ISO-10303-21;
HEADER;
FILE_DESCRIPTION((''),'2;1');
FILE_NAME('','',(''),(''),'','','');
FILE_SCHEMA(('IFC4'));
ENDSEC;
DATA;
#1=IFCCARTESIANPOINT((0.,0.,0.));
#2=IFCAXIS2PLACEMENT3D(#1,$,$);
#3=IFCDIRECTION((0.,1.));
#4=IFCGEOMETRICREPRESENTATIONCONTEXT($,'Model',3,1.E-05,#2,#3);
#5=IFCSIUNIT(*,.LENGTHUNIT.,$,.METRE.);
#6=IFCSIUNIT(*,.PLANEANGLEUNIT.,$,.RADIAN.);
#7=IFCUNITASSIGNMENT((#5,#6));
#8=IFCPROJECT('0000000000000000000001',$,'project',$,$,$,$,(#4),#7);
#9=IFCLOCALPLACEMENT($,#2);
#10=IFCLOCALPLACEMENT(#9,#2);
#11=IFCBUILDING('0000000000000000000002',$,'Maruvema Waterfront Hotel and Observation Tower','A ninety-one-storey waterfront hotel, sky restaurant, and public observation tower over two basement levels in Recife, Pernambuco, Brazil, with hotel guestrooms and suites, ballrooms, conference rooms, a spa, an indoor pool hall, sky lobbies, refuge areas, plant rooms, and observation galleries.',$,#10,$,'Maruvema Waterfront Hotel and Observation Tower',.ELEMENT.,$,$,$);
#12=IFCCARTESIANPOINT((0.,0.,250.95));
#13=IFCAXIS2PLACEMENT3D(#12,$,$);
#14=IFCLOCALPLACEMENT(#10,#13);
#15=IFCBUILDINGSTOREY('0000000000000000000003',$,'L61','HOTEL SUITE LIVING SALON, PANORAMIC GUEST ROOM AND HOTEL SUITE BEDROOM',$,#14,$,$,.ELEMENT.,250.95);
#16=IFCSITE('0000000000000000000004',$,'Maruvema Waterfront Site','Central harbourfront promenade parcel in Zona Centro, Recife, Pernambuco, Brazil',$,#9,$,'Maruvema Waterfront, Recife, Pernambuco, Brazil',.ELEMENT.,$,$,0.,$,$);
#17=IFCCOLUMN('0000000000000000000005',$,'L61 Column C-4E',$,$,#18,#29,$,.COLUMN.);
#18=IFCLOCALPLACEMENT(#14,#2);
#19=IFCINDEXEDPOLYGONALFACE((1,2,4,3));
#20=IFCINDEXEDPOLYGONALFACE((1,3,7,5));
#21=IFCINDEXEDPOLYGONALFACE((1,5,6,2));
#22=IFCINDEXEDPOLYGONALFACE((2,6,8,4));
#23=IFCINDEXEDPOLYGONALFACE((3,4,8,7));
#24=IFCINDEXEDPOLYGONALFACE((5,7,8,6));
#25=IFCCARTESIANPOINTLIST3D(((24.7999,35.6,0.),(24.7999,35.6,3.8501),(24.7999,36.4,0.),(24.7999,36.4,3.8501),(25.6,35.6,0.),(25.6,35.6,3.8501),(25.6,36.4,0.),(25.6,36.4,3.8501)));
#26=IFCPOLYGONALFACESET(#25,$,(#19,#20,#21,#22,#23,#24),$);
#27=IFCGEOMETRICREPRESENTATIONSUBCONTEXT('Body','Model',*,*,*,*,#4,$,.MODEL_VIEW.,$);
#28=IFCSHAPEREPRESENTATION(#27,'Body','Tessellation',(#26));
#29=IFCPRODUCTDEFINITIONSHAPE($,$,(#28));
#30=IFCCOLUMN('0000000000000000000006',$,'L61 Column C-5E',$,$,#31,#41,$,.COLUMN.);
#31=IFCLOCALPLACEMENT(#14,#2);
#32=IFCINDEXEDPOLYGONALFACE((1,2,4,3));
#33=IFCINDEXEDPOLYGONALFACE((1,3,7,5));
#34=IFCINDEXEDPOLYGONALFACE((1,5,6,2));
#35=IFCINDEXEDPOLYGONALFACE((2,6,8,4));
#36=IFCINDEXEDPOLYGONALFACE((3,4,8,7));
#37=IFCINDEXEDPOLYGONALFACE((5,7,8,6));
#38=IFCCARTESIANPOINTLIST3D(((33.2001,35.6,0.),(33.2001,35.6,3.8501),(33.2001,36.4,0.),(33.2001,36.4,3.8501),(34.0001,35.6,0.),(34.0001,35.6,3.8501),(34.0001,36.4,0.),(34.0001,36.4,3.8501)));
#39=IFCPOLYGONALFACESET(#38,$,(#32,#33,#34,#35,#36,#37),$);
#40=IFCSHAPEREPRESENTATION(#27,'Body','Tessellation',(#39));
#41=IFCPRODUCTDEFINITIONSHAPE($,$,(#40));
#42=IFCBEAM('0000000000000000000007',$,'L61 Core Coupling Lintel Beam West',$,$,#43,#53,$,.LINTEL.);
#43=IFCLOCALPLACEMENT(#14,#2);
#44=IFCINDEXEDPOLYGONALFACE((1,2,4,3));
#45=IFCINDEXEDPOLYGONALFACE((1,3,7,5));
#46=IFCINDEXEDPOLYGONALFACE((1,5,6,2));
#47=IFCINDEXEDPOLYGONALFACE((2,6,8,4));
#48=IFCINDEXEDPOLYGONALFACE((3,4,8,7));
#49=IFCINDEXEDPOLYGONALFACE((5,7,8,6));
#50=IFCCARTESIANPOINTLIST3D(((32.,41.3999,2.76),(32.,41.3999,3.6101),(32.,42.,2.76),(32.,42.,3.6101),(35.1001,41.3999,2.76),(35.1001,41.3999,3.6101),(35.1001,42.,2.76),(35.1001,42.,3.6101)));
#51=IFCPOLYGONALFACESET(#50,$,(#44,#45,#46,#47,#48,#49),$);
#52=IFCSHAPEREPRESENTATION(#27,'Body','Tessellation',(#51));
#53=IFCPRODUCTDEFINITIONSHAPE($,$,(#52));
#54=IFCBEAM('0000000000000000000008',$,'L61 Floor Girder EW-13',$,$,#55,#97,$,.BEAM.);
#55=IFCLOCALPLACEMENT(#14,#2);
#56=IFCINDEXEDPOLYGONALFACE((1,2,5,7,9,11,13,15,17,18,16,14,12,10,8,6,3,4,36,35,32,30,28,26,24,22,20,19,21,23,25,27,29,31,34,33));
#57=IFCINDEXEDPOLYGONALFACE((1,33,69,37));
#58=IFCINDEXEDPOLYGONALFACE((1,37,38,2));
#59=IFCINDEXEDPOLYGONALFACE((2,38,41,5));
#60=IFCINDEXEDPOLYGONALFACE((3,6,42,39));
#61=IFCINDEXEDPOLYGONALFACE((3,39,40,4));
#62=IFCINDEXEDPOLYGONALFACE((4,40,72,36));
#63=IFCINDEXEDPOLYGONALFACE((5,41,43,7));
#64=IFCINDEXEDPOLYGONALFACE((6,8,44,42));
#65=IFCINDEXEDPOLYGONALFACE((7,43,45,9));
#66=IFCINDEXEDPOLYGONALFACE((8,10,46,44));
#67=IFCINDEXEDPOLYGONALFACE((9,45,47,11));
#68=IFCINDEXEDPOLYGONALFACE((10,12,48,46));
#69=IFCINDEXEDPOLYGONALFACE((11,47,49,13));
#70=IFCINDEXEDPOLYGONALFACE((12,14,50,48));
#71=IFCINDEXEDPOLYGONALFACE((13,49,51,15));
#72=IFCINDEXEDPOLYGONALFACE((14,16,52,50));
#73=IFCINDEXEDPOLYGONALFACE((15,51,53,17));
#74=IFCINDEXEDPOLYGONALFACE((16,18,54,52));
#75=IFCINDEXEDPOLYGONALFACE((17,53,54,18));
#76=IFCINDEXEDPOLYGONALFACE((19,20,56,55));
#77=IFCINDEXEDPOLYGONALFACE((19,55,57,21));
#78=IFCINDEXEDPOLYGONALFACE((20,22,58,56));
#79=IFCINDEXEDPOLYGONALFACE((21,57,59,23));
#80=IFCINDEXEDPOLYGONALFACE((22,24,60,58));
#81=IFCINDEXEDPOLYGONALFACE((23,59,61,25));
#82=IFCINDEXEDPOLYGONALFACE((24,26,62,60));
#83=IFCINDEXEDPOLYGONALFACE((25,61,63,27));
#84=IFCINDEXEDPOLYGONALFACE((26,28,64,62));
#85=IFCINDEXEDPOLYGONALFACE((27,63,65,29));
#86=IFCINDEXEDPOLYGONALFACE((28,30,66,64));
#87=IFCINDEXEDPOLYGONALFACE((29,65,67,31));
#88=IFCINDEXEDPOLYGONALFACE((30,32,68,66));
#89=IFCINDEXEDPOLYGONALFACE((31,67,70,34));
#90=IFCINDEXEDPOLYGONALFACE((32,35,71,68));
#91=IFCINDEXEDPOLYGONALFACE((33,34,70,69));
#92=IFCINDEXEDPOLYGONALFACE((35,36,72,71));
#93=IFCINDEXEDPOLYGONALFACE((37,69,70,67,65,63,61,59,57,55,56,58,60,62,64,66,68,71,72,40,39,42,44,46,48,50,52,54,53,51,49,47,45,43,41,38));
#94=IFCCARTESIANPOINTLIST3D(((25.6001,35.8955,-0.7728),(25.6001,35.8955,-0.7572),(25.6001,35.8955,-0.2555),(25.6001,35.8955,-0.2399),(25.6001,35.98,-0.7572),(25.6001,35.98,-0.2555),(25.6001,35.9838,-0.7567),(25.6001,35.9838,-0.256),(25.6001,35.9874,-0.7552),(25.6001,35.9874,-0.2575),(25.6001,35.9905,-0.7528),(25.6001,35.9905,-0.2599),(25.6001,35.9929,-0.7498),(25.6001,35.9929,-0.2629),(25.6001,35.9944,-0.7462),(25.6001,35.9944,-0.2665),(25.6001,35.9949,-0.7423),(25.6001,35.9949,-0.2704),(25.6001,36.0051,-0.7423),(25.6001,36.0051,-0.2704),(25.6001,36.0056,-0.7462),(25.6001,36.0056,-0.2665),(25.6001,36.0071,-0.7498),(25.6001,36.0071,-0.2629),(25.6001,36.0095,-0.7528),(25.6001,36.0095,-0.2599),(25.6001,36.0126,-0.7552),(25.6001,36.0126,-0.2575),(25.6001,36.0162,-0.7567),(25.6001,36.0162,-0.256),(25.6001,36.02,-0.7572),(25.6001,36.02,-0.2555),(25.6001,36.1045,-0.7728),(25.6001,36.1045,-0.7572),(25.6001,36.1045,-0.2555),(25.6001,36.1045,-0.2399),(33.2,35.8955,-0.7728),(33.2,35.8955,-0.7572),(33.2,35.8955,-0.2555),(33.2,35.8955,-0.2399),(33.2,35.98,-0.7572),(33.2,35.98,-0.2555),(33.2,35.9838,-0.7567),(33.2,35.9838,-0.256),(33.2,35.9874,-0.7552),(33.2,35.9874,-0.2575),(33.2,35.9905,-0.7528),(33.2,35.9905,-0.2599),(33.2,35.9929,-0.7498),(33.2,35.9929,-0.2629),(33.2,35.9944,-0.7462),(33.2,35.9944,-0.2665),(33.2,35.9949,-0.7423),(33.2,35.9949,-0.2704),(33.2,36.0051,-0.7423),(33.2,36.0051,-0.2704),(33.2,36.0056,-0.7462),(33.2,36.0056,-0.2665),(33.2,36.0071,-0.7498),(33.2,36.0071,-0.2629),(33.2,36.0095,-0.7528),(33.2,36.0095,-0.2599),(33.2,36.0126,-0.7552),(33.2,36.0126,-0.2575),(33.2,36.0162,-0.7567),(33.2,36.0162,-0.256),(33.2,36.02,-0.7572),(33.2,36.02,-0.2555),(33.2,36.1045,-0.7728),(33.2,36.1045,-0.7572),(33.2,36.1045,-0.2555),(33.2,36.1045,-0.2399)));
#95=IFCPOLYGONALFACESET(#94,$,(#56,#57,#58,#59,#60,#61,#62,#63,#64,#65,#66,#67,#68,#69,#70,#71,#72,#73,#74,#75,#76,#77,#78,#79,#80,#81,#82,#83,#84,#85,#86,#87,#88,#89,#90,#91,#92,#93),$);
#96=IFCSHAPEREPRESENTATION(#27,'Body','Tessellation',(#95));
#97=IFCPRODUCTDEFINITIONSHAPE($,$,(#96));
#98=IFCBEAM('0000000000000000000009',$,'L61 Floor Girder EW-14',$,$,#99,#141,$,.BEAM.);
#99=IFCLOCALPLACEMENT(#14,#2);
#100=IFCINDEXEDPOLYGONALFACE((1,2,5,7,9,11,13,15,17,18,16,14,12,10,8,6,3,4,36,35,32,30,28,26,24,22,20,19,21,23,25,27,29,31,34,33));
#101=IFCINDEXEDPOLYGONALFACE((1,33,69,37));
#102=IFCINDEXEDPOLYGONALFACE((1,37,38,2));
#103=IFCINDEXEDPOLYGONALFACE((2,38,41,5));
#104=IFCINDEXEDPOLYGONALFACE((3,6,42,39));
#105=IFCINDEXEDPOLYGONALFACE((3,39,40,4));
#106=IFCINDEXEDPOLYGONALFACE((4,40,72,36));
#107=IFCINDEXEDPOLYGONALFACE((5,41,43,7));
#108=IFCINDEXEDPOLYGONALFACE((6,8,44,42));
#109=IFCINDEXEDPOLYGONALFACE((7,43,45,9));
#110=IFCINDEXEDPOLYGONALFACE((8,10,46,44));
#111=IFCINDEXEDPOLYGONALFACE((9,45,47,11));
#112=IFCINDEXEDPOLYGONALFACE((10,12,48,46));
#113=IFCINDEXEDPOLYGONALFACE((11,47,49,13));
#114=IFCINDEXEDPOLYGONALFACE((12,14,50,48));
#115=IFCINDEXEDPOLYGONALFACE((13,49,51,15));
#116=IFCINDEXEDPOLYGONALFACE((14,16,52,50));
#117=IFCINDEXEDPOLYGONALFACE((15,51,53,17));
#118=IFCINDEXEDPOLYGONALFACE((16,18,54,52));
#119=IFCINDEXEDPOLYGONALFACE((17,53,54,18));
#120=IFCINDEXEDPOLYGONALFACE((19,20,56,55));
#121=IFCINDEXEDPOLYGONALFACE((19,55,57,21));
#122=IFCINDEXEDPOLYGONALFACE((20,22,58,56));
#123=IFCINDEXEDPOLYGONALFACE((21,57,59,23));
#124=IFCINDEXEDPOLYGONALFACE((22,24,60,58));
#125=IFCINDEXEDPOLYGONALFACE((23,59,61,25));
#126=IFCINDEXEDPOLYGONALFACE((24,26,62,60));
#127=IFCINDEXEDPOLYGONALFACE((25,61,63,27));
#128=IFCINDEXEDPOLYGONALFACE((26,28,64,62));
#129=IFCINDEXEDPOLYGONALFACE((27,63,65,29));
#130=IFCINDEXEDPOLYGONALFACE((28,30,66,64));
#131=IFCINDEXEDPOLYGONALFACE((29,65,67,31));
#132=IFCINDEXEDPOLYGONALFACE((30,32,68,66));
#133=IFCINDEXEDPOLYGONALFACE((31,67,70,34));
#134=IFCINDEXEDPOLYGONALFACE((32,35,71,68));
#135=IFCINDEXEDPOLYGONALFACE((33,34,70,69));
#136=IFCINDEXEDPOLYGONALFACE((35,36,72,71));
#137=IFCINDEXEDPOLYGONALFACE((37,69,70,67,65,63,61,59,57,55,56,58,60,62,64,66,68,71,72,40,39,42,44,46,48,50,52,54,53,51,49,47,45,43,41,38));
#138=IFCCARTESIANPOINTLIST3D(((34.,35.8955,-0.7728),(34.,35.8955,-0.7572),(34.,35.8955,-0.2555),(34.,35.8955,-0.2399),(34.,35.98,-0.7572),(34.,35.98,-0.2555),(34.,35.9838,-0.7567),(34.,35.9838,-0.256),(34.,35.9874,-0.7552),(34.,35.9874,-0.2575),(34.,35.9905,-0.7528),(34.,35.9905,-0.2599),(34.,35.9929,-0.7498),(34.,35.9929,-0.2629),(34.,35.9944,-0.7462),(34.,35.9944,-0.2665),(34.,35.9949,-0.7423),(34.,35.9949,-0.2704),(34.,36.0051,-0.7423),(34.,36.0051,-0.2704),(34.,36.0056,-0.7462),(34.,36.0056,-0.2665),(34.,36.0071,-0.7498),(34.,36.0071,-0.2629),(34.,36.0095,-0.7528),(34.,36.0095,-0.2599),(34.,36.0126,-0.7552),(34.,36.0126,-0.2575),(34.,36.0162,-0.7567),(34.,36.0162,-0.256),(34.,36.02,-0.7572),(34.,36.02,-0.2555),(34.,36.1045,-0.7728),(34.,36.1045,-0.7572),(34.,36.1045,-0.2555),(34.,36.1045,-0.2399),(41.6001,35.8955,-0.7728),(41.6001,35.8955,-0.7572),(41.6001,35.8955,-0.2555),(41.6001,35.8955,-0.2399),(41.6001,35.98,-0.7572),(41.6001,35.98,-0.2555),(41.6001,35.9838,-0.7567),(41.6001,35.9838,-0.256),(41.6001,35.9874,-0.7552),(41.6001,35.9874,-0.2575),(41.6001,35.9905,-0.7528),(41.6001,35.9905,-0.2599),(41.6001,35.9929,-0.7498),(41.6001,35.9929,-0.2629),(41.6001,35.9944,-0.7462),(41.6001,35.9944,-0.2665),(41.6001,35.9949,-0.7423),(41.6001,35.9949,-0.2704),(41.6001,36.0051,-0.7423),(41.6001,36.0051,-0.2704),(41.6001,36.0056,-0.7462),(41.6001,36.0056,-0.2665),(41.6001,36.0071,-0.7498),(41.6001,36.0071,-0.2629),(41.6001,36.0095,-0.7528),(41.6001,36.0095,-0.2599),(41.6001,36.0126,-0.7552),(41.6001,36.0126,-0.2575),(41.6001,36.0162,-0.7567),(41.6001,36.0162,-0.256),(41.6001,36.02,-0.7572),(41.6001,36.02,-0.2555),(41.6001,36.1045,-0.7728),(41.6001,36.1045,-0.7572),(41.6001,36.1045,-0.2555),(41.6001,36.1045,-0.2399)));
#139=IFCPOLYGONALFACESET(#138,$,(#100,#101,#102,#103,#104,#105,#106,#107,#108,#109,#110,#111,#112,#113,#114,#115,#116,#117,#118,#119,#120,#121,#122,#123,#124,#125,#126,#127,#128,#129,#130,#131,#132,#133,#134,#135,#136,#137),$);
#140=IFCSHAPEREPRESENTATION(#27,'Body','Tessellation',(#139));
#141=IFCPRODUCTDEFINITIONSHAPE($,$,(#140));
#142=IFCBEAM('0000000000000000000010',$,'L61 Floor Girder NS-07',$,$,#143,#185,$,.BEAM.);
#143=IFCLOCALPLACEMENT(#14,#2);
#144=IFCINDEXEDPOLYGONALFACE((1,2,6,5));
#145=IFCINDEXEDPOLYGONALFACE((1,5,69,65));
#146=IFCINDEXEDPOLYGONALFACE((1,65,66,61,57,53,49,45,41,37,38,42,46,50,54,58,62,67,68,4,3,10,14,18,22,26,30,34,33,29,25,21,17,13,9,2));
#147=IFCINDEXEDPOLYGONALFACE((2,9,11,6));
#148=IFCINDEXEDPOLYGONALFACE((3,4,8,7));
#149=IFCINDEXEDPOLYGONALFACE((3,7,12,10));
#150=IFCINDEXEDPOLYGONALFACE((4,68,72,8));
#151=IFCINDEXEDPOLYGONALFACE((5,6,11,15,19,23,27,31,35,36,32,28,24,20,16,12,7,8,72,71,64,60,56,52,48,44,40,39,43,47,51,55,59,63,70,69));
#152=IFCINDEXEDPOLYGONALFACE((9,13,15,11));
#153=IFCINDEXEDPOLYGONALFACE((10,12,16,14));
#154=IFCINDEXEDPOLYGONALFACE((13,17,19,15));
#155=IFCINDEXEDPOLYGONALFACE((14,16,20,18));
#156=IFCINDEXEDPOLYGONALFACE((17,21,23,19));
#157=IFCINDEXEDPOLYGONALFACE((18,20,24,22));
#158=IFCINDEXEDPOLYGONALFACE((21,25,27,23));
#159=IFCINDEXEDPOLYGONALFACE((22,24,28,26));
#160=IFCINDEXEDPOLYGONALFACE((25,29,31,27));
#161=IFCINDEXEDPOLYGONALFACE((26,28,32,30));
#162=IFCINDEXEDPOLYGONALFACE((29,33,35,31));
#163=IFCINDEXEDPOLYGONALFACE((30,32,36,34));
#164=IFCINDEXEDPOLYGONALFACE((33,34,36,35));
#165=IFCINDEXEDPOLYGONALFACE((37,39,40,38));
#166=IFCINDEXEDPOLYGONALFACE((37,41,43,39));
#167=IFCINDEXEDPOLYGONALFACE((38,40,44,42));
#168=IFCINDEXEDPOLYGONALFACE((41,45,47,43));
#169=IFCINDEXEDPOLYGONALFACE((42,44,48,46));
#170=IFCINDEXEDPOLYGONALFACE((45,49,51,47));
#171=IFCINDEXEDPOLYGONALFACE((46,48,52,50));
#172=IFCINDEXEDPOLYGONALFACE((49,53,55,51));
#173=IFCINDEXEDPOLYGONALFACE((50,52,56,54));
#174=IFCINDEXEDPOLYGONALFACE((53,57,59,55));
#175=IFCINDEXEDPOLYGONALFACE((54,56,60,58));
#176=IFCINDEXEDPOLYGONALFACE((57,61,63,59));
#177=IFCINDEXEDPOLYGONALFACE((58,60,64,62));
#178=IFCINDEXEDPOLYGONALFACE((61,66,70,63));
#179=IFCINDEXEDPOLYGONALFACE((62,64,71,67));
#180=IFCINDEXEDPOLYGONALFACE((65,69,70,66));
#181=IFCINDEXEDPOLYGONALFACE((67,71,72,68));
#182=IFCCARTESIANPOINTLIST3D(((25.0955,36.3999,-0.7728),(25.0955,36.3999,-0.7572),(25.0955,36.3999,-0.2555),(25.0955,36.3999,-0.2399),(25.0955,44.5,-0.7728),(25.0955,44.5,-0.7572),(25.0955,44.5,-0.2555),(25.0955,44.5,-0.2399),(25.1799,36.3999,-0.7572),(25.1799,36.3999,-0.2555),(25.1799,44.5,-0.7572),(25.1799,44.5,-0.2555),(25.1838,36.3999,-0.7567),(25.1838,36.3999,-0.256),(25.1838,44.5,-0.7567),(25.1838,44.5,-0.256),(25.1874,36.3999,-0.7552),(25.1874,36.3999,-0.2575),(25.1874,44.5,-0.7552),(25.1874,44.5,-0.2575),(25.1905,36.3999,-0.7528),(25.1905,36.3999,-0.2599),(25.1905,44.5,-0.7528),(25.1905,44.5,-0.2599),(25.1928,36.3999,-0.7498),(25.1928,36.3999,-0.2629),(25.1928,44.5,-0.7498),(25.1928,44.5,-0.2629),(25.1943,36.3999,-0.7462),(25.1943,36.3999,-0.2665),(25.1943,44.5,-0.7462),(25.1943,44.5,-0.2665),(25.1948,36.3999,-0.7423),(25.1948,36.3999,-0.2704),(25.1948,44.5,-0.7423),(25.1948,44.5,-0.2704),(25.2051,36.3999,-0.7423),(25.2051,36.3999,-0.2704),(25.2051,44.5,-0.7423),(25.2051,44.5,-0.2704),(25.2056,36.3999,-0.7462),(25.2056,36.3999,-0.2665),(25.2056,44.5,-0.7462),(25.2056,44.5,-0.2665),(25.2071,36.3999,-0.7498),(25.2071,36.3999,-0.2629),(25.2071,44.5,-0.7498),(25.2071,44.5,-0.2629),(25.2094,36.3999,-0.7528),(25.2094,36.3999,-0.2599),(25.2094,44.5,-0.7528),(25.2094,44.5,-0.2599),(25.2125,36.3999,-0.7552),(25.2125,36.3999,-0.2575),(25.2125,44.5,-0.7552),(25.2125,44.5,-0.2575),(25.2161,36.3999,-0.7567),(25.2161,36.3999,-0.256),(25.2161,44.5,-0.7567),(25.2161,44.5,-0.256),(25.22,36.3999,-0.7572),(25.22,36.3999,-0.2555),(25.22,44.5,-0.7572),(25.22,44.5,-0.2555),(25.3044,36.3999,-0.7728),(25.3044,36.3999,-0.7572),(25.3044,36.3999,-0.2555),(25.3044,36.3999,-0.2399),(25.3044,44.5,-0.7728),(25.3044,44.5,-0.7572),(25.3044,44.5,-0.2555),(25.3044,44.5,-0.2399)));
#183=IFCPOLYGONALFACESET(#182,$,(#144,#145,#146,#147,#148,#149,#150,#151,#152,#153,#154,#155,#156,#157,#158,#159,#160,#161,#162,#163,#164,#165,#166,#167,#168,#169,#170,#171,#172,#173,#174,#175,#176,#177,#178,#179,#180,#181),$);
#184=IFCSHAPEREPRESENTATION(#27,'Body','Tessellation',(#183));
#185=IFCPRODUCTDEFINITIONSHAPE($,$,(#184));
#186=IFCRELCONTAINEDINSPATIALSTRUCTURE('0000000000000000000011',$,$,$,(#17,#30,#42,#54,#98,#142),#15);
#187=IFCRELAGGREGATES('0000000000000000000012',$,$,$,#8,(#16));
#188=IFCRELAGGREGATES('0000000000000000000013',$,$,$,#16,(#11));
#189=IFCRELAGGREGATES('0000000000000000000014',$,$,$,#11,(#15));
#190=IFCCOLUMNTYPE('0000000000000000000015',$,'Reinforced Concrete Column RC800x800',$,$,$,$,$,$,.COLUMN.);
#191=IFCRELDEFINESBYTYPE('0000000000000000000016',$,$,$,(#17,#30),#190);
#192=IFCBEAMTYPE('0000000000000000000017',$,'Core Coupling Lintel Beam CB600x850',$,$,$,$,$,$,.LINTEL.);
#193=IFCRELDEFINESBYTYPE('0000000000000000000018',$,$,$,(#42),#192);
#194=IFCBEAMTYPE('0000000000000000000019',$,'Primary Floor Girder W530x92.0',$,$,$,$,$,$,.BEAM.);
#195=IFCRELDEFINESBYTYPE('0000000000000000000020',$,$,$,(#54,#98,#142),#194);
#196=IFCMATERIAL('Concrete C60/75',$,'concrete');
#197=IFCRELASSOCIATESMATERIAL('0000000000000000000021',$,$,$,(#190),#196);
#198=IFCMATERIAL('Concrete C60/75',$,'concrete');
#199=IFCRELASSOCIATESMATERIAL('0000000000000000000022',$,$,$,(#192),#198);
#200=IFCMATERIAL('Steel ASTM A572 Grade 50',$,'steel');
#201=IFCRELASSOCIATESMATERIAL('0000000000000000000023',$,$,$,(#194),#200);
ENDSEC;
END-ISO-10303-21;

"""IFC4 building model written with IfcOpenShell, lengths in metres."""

from ifc_helpers import new_model, si_unit, direction, frame, origin, origin_2d, place, context, subcontext, project, spatial, rectangle, i_section, extrude, material, material_profile, profile_set, type_object, element, save


model = new_model("IFC4")

# Units and contexts
model_context = context("Model", 3, precision=1e-05, world=origin(), true_north=direction((0.0, 1.0)))
body_context = subcontext(model_context, "Body", "Model", "MODEL_VIEW")
ifc_project = project(units=[si_unit("LENGTHUNIT", "METRE"), si_unit("PLANEANGLEUNIT", "RADIAN")], contexts=[model_context])

# Site, building, storey
site_placement = place(None, origin())
site = spatial("IfcSite", under=ifc_project, at=site_placement, Name="Maruvema Waterfront Site", Description="Central harbourfront promenade parcel in Zona Centro, Recife, Pernambuco, Brazil", LongName="Maruvema Waterfront, Recife, Pernambuco, Brazil", CompositionType="ELEMENT", RefElevation=0.0)
building_placement = place(site_placement, origin())
building = spatial("IfcBuilding", under=site, at=building_placement, Name="Maruvema Waterfront Hotel and Observation Tower", Description="A ninety-one-storey waterfront hotel, sky restaurant, and public observation tower over two basement levels in Recife, Pernambuco, Brazil, with hotel guestrooms and suites, ballrooms, conference rooms, a spa, an indoor pool hall, sky lobbies, refuge areas, plant rooms, and observation galleries.", LongName="Maruvema Waterfront Hotel and Observation Tower", CompositionType="ELEMENT")
storey_placement = place(building_placement, frame((0.0, 0.0, 250.95)))
storey = spatial("IfcBuildingStorey", under=building, at=storey_placement, Name="L61", Description="HOTEL SUITE LIVING SALON, PANORAMIC GUEST ROOM AND HOTEL SUITE BEDROOM", CompositionType="ELEMENT", Elevation=250.95)

# Columns
ifc_material_1 = material(Name="Concrete C60/75", Category="concrete")
ifc_material_profile_1 = material_profile(ifc_material_1, rectangle(XDim=0.8, YDim=0.8, at=origin_2d()), Name="RC800x800")
ifc_profile_set_1 = profile_set([ifc_material_profile_1], Name="Concrete C60/75")
column_type = type_object("IfcColumnType", Name="Reinforced Concrete Column RC800x800", PredefinedType="COLUMN", material=ifc_profile_set_1)
for number, where, z_axis, x_axis, name in (
    (1, (25.2, 36.0, 0.0), (0.0, 0.0, 1.0), (1.0, 0.0, 0.0), "L61 Column C-4E"),
    (2, (33.6001, 36.0, 0.0), (0.0, 0.0, 1.0), (1.0, 0.0, 0.0), "L61 Column C-5E"),
):
    element("IfcColumn", number, at=place(storey_placement, frame(where, z_axis=z_axis, x_axis=x_axis)), inside=storey, type_object=column_type, Name=name, PredefinedType="COLUMN", context=body_context, shape_type="SweptSolid", body=[
        extrude(rectangle(XDim=0.8, YDim=0.8, at=origin_2d()), origin(), (0.0, 0.0, 1.0), 3.8501),
    ])

# Beams
ifc_material_2 = material(Name="Concrete C60/75", Category="concrete")
ifc_material_profile_2 = material_profile(ifc_material_2, rectangle(XDim=0.6001, YDim=0.8501, at=origin_2d()), Name="CB600x850")
ifc_profile_set_2 = profile_set([ifc_material_profile_2], Name="Concrete C60/75")
beam_type_1 = type_object("IfcBeamType", Name="Core Coupling Lintel Beam CB600x850", PredefinedType="LINTEL", material=ifc_profile_set_2)
beam_1_placement = place(storey_placement, frame((32.0, 41.7, 3.1851), z_axis=(1.0, 0.0, 0.0), x_axis=(0.0, 1.0, 0.0)))
element("IfcBeam", 3, at=beam_1_placement, inside=storey, type_object=beam_type_1, Name="L61 Core Coupling Lintel Beam West", PredefinedType="LINTEL", context=body_context, shape_type="SweptSolid", body=[
    extrude(rectangle(XDim=0.6001, YDim=0.8501, at=origin_2d()), origin(), (0.0, 0.0, 1.0), 3.1001),
])
ifc_material_3 = material(Name="Steel ASTM A572 Grade 50", Category="steel")
ifc_material_profile_3 = material_profile(ifc_material_3, i_section(OverallWidth=0.209, OverallDepth=0.533, WebThickness=0.0103, FlangeThickness=0.0156, FilletRadius=0.0149, at=origin_2d()), Name="W530x92.0")
ifc_profile_set_3 = profile_set([ifc_material_profile_3], Name="Steel ASTM A572 Grade 50")
beam_type_2 = type_object("IfcBeamType", Name="Primary Floor Girder W530x92.0", PredefinedType="BEAM", material=ifc_profile_set_3)
beam_2_placement = place(storey_placement, frame((25.6001, 36.0, -0.5063), z_axis=(1.0, 0.0, 0.0), x_axis=(0.0, 1.0, 0.0)))
element("IfcBeam", 4, at=beam_2_placement, inside=storey, type_object=beam_type_2, Name="L61 Floor Girder EW-13", PredefinedType="BEAM", context=body_context, shape_type="SweptSolid", body=[
    extrude(i_section(OverallWidth=0.209, OverallDepth=0.533, WebThickness=0.0103, FlangeThickness=0.0156, FilletRadius=0.0149, at=origin_2d()), origin(), (0.0, 0.0, 1.0), 7.5999),
])
beam_3_placement = place(storey_placement, frame((34.0, 36.0, -0.5063), z_axis=(1.0, 0.0, 0.0), x_axis=(0.0, 1.0, 0.0)))
element("IfcBeam", 5, at=beam_3_placement, inside=storey, type_object=beam_type_2, Name="L61 Floor Girder EW-14", PredefinedType="BEAM", context=body_context, shape_type="SweptSolid", body=[
    extrude(i_section(OverallWidth=0.209, OverallDepth=0.533, WebThickness=0.0103, FlangeThickness=0.0156, FilletRadius=0.0149, at=origin_2d()), origin(), (0.0, 0.0, 1.0), 7.6001),
])
beam_4_placement = place(storey_placement, frame((25.2, 36.3999, -0.5063), z_axis=(0.0, 1.0, 0.0), x_axis=(-1.0, 0.0, 0.0)))
element("IfcBeam", 6, at=beam_4_placement, inside=storey, type_object=beam_type_2, Name="L61 Floor Girder NS-07", PredefinedType="BEAM", context=body_context, shape_type="SweptSolid", body=[
    extrude(i_section(OverallWidth=0.209, OverallDepth=0.533, WebThickness=0.0103, FlangeThickness=0.0156, FilletRadius=0.0149, at=origin_2d()), origin(), (0.0, 0.0, 1.0), 8.1001),
])

save(model, "model.ifc")
